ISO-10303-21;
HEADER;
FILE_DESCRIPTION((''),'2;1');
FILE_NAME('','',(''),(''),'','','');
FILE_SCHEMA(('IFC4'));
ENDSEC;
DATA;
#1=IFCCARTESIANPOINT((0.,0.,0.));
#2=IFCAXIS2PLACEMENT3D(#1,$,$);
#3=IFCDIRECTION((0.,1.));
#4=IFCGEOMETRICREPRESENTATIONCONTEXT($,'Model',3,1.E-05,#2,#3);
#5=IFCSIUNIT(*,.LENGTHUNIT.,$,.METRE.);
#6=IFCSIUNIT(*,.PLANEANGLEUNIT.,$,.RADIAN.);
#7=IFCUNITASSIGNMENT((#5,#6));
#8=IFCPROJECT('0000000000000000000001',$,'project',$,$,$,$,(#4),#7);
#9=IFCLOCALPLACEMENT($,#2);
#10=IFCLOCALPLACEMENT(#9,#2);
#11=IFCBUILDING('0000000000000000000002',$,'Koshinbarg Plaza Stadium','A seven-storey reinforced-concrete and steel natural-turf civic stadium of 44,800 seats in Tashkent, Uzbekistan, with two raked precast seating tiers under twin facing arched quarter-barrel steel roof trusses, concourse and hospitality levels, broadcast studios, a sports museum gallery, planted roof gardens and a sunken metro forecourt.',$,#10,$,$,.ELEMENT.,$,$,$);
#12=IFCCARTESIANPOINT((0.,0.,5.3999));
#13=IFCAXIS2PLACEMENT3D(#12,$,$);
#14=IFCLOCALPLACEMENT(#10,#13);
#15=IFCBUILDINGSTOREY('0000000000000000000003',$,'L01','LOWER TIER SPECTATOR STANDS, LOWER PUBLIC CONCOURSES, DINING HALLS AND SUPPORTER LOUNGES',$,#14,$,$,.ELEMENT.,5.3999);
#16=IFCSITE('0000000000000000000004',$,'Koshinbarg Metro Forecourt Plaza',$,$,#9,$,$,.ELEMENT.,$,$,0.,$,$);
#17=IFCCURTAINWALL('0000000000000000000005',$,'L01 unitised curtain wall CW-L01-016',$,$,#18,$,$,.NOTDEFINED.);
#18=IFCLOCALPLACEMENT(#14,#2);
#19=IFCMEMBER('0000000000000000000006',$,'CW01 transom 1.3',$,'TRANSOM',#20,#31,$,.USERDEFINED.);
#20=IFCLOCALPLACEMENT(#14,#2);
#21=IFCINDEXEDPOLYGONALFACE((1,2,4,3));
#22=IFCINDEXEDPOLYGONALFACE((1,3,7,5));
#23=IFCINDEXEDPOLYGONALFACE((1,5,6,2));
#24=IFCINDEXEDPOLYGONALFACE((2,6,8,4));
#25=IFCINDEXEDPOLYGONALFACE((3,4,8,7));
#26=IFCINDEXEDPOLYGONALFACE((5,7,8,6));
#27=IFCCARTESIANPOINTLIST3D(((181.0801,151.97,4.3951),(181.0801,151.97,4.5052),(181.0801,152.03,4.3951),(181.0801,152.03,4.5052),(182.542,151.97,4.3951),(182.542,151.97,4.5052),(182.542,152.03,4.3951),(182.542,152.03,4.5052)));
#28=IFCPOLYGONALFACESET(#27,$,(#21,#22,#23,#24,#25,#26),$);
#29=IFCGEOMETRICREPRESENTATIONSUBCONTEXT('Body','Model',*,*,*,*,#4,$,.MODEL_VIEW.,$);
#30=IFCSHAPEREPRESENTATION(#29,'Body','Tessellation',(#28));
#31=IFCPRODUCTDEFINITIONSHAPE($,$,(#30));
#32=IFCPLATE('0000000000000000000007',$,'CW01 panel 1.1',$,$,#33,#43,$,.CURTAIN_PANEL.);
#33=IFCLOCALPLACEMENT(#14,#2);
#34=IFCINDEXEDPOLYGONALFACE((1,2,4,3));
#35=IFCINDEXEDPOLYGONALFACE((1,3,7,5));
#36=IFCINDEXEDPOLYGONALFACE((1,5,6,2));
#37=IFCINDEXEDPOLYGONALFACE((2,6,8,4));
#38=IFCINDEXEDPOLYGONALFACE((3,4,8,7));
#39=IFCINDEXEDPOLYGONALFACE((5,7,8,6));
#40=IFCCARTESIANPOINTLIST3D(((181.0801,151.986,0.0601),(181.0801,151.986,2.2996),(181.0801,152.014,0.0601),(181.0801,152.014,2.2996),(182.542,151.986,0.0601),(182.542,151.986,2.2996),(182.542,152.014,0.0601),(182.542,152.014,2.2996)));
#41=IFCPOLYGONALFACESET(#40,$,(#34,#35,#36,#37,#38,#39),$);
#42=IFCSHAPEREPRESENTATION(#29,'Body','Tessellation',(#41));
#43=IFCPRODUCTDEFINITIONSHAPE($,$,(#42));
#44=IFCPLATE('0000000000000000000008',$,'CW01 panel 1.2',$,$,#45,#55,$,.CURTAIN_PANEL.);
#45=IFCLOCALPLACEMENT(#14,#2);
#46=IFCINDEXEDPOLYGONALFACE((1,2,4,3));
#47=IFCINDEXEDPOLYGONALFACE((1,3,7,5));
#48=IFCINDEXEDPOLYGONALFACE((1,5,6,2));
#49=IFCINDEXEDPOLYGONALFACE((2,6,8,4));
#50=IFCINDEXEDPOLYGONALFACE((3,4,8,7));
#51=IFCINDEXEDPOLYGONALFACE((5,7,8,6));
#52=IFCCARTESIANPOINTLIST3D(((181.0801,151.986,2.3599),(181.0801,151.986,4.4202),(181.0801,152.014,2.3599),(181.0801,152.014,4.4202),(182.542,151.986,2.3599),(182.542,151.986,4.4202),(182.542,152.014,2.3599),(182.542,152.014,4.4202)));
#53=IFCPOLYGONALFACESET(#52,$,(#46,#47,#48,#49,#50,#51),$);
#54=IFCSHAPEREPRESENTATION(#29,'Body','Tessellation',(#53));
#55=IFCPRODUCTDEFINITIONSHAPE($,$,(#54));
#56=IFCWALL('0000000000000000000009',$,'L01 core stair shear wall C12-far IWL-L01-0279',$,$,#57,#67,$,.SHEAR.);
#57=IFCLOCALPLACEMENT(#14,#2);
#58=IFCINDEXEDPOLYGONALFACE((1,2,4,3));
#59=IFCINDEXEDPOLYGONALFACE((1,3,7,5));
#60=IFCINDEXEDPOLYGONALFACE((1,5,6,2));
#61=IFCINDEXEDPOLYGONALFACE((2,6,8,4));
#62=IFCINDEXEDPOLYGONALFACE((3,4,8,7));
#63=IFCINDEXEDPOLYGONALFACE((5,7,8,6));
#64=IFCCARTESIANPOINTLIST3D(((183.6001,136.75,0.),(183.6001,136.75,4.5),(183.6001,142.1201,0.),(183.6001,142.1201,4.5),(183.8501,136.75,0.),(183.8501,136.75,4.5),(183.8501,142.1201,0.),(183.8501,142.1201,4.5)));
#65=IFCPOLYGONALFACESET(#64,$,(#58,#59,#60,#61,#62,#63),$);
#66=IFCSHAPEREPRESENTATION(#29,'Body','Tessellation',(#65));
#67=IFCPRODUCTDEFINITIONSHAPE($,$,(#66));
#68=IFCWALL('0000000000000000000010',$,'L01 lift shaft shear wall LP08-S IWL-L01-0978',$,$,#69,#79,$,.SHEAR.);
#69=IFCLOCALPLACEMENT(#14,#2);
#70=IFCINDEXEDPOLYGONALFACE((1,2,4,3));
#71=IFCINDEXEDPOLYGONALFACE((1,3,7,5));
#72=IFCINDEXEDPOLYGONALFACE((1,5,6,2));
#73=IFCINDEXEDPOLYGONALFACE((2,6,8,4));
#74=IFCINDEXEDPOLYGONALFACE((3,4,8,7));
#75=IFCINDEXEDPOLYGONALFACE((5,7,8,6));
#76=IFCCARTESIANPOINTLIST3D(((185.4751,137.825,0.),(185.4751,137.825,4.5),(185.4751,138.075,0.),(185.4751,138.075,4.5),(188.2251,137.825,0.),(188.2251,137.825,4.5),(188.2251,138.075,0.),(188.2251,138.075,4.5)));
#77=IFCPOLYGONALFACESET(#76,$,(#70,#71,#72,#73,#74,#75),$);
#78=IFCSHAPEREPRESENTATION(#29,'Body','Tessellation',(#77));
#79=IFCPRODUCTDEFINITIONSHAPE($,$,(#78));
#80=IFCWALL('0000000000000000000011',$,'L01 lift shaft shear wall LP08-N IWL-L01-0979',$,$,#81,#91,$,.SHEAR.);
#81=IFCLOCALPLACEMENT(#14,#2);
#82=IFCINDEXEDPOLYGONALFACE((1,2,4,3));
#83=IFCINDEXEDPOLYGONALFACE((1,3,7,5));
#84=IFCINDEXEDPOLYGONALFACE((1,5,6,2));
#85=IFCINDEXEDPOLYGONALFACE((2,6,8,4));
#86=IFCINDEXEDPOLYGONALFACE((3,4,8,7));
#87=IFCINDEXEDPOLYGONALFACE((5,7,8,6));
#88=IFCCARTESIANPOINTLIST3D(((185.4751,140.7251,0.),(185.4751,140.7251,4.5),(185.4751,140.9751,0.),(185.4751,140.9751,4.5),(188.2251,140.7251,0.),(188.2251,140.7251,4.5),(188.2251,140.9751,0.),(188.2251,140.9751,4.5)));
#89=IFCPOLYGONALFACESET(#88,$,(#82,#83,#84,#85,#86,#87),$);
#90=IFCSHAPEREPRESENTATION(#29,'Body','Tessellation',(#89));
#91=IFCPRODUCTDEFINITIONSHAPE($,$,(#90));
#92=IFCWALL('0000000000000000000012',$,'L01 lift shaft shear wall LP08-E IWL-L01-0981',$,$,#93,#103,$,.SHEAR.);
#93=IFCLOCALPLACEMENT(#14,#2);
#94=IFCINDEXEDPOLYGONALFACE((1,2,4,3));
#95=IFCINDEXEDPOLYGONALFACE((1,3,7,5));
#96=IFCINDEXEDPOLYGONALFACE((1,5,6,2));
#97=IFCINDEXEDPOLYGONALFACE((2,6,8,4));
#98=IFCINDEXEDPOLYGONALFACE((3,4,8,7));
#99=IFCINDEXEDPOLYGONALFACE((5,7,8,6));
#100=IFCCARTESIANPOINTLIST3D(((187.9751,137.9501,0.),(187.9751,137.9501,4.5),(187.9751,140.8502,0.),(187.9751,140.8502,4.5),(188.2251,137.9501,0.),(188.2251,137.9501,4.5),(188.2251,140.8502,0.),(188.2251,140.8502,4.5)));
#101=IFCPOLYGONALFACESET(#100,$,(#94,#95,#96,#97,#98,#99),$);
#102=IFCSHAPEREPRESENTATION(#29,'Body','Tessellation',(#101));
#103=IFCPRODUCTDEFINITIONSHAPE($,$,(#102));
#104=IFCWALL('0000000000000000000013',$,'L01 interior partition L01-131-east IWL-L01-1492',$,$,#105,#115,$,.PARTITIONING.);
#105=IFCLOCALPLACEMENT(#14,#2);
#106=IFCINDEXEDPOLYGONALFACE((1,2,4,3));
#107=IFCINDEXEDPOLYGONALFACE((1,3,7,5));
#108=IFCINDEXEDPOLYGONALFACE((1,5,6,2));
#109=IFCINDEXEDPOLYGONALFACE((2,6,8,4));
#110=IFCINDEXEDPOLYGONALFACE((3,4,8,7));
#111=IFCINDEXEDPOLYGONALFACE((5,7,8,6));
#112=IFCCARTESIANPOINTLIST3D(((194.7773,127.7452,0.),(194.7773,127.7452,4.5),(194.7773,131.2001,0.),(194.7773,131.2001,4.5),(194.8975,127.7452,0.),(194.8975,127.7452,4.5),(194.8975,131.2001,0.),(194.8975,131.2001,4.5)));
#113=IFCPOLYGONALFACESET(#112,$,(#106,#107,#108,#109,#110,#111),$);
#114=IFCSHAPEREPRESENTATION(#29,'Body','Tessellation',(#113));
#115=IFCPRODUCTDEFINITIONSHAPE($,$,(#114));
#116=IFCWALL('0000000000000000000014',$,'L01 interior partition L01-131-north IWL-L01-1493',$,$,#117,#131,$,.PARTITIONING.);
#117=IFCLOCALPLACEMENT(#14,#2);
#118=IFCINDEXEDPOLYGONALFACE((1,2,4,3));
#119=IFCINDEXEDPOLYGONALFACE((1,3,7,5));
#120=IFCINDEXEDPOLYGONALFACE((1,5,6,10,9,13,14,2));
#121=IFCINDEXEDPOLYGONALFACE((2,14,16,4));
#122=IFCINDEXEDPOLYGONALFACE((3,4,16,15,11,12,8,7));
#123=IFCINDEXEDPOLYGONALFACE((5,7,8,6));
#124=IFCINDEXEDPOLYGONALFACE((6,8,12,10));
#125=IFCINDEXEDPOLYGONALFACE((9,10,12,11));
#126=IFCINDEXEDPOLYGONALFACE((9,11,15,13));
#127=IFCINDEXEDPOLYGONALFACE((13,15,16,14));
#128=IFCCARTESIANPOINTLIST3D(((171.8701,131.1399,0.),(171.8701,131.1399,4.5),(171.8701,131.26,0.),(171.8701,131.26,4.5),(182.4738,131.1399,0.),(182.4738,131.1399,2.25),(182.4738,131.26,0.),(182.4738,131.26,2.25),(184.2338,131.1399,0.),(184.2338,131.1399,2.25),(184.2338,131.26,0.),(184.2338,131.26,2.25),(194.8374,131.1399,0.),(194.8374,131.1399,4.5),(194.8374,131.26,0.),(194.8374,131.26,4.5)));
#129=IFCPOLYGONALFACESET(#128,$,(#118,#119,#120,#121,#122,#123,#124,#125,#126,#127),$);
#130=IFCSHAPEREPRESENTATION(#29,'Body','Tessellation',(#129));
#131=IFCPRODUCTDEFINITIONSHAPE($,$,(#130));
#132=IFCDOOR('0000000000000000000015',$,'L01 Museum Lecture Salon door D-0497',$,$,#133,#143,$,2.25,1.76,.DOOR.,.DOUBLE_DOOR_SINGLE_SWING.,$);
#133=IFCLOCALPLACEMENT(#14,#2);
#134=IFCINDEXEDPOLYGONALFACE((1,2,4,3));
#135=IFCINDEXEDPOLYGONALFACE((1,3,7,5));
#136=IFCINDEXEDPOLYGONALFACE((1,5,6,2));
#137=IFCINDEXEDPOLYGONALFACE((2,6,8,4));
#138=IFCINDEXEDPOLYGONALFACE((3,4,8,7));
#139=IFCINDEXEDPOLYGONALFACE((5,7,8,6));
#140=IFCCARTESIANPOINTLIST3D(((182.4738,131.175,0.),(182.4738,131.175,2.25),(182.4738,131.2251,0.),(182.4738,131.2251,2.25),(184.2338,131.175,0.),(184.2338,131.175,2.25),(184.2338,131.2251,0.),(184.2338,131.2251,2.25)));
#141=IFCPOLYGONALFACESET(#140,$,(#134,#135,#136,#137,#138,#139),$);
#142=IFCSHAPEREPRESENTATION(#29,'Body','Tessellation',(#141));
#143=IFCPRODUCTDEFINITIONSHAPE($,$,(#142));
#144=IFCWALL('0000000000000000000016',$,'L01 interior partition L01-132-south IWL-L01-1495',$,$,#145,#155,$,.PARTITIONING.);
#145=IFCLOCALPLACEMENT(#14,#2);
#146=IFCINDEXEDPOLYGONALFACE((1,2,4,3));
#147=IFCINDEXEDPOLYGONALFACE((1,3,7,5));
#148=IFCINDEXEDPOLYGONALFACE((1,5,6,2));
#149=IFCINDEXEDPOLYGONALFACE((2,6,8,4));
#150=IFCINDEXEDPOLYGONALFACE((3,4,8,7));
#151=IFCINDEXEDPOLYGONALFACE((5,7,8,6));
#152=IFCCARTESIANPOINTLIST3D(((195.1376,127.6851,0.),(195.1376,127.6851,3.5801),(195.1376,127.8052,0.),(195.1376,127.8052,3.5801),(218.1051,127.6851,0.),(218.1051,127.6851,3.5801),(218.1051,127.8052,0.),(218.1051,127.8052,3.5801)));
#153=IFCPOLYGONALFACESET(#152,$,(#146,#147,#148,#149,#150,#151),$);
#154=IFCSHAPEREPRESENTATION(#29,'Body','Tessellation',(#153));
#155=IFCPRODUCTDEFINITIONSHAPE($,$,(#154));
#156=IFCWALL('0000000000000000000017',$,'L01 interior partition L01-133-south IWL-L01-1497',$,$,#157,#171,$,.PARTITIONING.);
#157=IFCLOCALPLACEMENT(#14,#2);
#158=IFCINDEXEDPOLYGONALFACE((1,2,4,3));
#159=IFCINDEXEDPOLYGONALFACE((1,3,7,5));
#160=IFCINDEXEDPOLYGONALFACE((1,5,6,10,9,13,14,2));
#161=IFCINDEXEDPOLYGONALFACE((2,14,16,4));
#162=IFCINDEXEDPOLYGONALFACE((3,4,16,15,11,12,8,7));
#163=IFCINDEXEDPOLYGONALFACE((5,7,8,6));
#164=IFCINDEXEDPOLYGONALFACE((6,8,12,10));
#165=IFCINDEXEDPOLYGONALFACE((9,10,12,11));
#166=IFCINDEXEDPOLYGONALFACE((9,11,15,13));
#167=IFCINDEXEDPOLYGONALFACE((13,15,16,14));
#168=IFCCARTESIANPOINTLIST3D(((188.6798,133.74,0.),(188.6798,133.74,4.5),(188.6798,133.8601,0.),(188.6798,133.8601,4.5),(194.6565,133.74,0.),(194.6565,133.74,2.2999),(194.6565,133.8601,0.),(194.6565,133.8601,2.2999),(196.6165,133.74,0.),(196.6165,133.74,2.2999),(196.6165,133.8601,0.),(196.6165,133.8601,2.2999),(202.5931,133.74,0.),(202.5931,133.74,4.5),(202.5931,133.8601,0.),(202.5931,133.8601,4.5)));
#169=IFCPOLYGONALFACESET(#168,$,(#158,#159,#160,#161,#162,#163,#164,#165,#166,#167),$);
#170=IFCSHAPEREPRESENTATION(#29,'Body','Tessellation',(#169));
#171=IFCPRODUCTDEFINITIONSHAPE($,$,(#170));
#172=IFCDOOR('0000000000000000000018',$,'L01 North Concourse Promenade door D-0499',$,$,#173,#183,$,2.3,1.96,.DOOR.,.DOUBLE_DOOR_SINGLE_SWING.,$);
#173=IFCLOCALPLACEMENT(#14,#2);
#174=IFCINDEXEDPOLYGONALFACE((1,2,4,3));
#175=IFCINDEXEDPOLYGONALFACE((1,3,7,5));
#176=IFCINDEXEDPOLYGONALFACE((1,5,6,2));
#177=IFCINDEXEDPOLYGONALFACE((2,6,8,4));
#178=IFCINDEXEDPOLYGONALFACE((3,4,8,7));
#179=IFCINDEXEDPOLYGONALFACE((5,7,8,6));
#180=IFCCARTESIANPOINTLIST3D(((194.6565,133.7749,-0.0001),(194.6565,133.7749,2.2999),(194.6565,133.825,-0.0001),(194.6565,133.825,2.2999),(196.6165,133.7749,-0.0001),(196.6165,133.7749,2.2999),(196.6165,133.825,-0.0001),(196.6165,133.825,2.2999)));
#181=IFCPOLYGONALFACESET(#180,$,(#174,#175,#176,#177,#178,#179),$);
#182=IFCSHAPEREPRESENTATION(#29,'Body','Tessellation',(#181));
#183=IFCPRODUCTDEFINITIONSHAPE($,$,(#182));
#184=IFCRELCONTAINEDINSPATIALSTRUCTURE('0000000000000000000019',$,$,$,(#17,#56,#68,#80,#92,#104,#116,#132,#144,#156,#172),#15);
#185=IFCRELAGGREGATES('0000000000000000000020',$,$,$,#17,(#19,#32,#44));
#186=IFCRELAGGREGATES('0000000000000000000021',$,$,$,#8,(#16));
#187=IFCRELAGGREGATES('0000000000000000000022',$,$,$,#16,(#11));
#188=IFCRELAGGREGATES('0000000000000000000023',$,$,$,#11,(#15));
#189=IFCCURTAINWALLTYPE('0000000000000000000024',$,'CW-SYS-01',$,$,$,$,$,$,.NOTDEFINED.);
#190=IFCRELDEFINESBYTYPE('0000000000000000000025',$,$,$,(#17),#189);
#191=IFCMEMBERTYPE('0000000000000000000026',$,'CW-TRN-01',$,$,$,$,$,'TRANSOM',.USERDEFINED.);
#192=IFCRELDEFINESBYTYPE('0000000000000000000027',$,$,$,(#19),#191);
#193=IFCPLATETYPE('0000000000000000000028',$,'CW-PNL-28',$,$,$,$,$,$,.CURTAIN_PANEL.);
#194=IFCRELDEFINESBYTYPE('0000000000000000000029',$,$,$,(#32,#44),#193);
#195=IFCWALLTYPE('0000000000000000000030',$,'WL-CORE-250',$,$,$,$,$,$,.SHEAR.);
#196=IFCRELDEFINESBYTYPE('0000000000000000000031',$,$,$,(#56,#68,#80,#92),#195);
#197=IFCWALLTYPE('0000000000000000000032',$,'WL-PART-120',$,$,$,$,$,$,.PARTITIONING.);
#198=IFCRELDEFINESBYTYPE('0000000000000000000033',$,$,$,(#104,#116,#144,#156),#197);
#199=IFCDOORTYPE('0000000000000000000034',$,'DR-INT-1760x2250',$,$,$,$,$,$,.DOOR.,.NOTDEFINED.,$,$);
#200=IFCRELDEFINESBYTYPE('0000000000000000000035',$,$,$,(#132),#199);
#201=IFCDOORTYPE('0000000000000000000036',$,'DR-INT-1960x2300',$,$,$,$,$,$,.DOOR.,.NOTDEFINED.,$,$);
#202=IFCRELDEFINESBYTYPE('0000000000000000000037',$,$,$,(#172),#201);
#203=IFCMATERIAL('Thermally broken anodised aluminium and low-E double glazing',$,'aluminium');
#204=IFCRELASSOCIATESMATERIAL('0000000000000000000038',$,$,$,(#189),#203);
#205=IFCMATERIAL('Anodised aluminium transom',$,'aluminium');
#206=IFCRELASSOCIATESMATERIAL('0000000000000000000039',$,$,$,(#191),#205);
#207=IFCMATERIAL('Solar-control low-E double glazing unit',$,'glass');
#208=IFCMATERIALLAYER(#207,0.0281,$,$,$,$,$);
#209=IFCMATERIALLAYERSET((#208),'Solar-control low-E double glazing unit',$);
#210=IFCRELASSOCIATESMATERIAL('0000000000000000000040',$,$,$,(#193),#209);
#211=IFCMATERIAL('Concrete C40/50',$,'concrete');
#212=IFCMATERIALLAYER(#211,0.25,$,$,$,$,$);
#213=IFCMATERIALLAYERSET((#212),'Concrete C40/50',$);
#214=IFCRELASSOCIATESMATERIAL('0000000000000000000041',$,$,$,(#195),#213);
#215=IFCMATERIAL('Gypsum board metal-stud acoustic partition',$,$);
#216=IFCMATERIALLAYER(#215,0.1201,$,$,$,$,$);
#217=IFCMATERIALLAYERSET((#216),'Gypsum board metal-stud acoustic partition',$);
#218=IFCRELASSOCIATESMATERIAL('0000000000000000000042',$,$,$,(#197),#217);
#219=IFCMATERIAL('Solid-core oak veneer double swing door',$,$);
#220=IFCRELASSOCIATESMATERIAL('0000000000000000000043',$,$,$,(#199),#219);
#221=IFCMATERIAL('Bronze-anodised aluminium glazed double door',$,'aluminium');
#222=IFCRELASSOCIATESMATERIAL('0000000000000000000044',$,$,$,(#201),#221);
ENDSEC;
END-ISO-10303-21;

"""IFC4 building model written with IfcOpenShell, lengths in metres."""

from ifc_helpers import new_model, si_unit, direction, frame, frame_2d, origin, origin_2d, place, context, subcontext, project, spatial, rectangle, extrude, material, layer, layer_set, material_profile, profile_set, type_object, element, fill, aggregate, save


model = new_model("IFC4")

# Units and contexts
model_context = context("Model", 3, precision=1e-05, world=origin(), true_north=direction((0.0, 1.0)))
body_context = subcontext(model_context, "Body", "Model", "MODEL_VIEW")
ifc_project = project(units=[si_unit("LENGTHUNIT", "METRE"), si_unit("PLANEANGLEUNIT", "RADIAN")], contexts=[model_context])

# Site, building, storey
site_placement = place(None, origin())
site = spatial("IfcSite", under=ifc_project, at=site_placement, Name="Koshinbarg Metro Forecourt Plaza", CompositionType="ELEMENT", RefElevation=0.0)
building_placement = place(site_placement, origin())
building = spatial("IfcBuilding", under=site, at=building_placement, Name="Koshinbarg Plaza Stadium", Description="A seven-storey reinforced-concrete and steel natural-turf civic stadium of 44,800 seats in Tashkent, Uzbekistan, with two raked precast seating tiers under twin facing arched quarter-barrel steel roof trusses, concourse and hospitality levels, broadcast studios, a sports museum gallery, planted roof gardens and a sunken metro forecourt.", CompositionType="ELEMENT")
storey_placement = place(building_placement, frame((0.0, 0.0, 5.3999)))
storey = spatial("IfcBuildingStorey", under=building, at=storey_placement, Name="L01", Description="LOWER TIER SPECTATOR STANDS, LOWER PUBLIC CONCOURSES, DINING HALLS AND SUPPORTER LOUNGES", CompositionType="ELEMENT", Elevation=5.3999)

# Shared definitions
ifc_material_1 = material(Name="Concrete C40/50", Category="concrete")

# Curtain wall, member, plates
ifc_material_2 = material(Name="Thermally broken anodised aluminium and low-E double glazing", Category="aluminium")
curtain_wall_type = type_object("IfcCurtainWallType", Name="CW-SYS-01", PredefinedType="NOTDEFINED", material=ifc_material_2)
curtain_wall_placement = place(storey_placement, origin())
curtain_wall = element("IfcCurtainWall", 1, at=curtain_wall_placement, inside=storey, type_object=curtain_wall_type, Name="L01 unitised curtain wall CW-L01-016", PredefinedType="NOTDEFINED")
ifc_material_3 = material(Name="Anodised aluminium transom", Category="aluminium")
ifc_material_profile_1 = material_profile(ifc_material_3, rectangle(XDim=0.0601, YDim=0.1101, at=origin_2d()), Name="ALU 60x110")
ifc_profile_set_1 = profile_set([ifc_material_profile_1], Name="Anodised aluminium transom")
member_type_1 = type_object("IfcMemberType", Name="CW-TRN-01", ElementType="TRANSOM", PredefinedType="USERDEFINED", material=ifc_profile_set_1)
member_1_placement = place(storey_placement, frame((181.0801, 152.0, 4.4502), z_axis=(1.0, 0.0, 0.0), x_axis=(0.0, 1.0, 0.0)))
member_1 = element("IfcMember", 2, at=member_1_placement, type_object=member_type_1, Name="CW01 transom 1.3", ObjectType="TRANSOM", PredefinedType="USERDEFINED", context=body_context, shape_type="SweptSolid", body=[
    extrude(rectangle(XDim=0.0601, YDim=0.1101, at=origin_2d()), origin(), (0.0, 0.0, 1.0), 1.4619),
])
ifc_material_4 = material(Name="Solar-control low-E double glazing unit", Category="glass")
ifc_layer_1 = layer(ifc_material_4, 0.0281)
ifc_layer_set_1 = layer_set([ifc_layer_1], Name="Solar-control low-E double glazing unit")
plate_type = type_object("IfcPlateType", Name="CW-PNL-28", PredefinedType="CURTAIN_PANEL", material=ifc_layer_set_1)
plate_1_placement = place(storey_placement, frame((181.811, 152.0, 0.0601), z_axis=(0.0, 0.0, 1.0), x_axis=(1.0, 0.0, 0.0)))
plate_1 = element("IfcPlate", 3, at=plate_1_placement, type_object=plate_type, Name="CW01 panel 1.1", PredefinedType="CURTAIN_PANEL", context=body_context, shape_type="SweptSolid", body=[
    extrude(rectangle(XDim=1.4619, YDim=0.0281, at=origin_2d()), origin(), (0.0, 0.0, 1.0), 2.2395),
])
plate_2_placement = place(storey_placement, frame((181.811, 152.0, 2.3599), z_axis=(0.0, 0.0, 1.0), x_axis=(1.0, 0.0, 0.0)))
plate_2 = element("IfcPlate", 4, at=plate_2_placement, type_object=plate_type, Name="CW01 panel 1.2", PredefinedType="CURTAIN_PANEL", context=body_context, shape_type="SweptSolid", body=[
    extrude(rectangle(XDim=1.4619, YDim=0.0281, at=origin_2d()), origin(), (0.0, 0.0, 1.0), 2.0603),
])
aggregate(curtain_wall, [member_1, plate_1, plate_2])

# Walls
ifc_layer_2 = layer(ifc_material_1, 0.25)
ifc_layer_set_2 = layer_set([ifc_layer_2], Name="Concrete C40/50")
wall_type_1 = type_object("IfcWallType", Name="WL-CORE-250", PredefinedType="SHEAR", material=ifc_layer_set_2)
wall_1_placement = place(storey_placement, frame((183.7251, 136.75, 0.0), z_axis=(0.0, 0.0, 1.0), x_axis=(0.0, 1.0, 0.0)))
element("IfcWall", 5, at=wall_1_placement, inside=storey, type_object=wall_type_1, Name="L01 core stair shear wall C12-far IWL-L01-0279", PredefinedType="SHEAR", context=body_context, shape_type="SweptSolid", body=[
    extrude(rectangle(XDim=5.3701, YDim=0.25, at=frame_2d((2.6851, 0.0))), origin(), (0.0, 0.0, 1.0), 4.5),
])
for number, where, z_axis, x_axis, name in (
    (6, (185.4751, 137.95, 0.0), (0.0, 0.0, 1.0), (1.0, 0.0, 0.0), "L01 lift shaft shear wall LP08-S IWL-L01-0978"),
    (7, (188.2251, 140.8501, 0.0), (0.0, 0.0, 1.0), (-1.0, 0.0, 0.0), "L01 lift shaft shear wall LP08-N IWL-L01-0979"),
):
    element("IfcWall", number, at=place(storey_placement, frame(where, z_axis=z_axis, x_axis=x_axis)), inside=storey, type_object=wall_type_1, Name=name, PredefinedType="SHEAR", context=body_context, shape_type="SweptSolid", body=[
        extrude(rectangle(XDim=2.75, YDim=0.25, at=frame_2d((1.375, 0.0))), origin(), (0.0, 0.0, 1.0), 4.5),
    ])

# Walls
wall_2_placement = place(storey_placement, frame((188.1001, 137.95, 0.0), z_axis=(0.0, 0.0, 1.0), x_axis=(0.0, 1.0, 0.0)))
element("IfcWall", 8, at=wall_2_placement, inside=storey, type_object=wall_type_1, Name="L01 lift shaft shear wall LP08-E IWL-L01-0981", PredefinedType="SHEAR", context=body_context, shape_type="SweptSolid", body=[
    extrude(rectangle(XDim=2.9001, YDim=0.25, at=frame_2d((1.4502, 0.0))), origin(), (0.0, 0.0, 1.0), 4.5),
])
ifc_material_5 = material(Name="Gypsum board metal-stud acoustic partition")
ifc_layer_3 = layer(ifc_material_5, 0.1201)
ifc_layer_set_3 = layer_set([ifc_layer_3], Name="Gypsum board metal-stud acoustic partition")
wall_type_2 = type_object("IfcWallType", Name="WL-PART-120", PredefinedType="PARTITIONING", material=ifc_layer_set_3)
wall_3_placement = place(storey_placement, frame((194.8374, 127.7451, 0.0), z_axis=(0.0, 0.0, 1.0), x_axis=(0.0, 1.0, 0.0)))
element("IfcWall", 9, at=wall_3_placement, inside=storey, type_object=wall_type_2, Name="L01 interior partition L01-131-east IWL-L01-1492", PredefinedType="PARTITIONING", context=body_context, shape_type="SweptSolid", body=[
    extrude(rectangle(XDim=3.4548, YDim=0.1201, at=frame_2d((1.7275, 0.0))), origin(), (0.0, 0.0, 1.0), 4.5),
])

# Wall, opening, door
wall_4_placement = place(storey_placement, frame((194.8374, 131.2, 0.0), z_axis=(0.0, 0.0, 1.0), x_axis=(-1.0, 0.0, 0.0)))
wall_4 = element("IfcWall", 10, at=wall_4_placement, inside=storey, type_object=wall_type_2, Name="L01 interior partition L01-131-north IWL-L01-1493", PredefinedType="PARTITIONING", context=body_context, shape_type="SweptSolid", body=[
    extrude(rectangle(XDim=22.9673, YDim=0.1201, at=frame_2d((11.4836, 0.0))), origin(), (0.0, 0.0, 1.0), 4.5),
])
opening_1_placement = place(wall_4_placement, frame((10.6038, 0.0, 0.0)))
opening_1 = element("IfcOpeningElement", 11, at=opening_1_placement, cuts=wall_4, PredefinedType="OPENING", context=body_context, shape_type="SweptSolid", body=[
    extrude(rectangle(XDim=1.76, YDim=2.25, at=frame_2d((0.8799, 1.125))), frame((0.0, 0.0701, 0.0), z_axis=(0.0, -1.0, 0.0), x_axis=(1.0, 0.0, 0.0)), (0.0, 0.0, 1.0), 0.1401),
])
ifc_material_6 = material(Name="Solid-core oak veneer double swing door")
door_type_1 = type_object("IfcDoorType", Name="DR-INT-1760x2250", OperationType="NOTDEFINED", PredefinedType="DOOR", material=ifc_material_6)
door_1_placement = place(opening_1_placement, origin())
door_1 = element("IfcDoor", 12, at=door_1_placement, inside=storey, type_object=door_type_1, Name="L01 Museum Lecture Salon door D-0497", OperationType="DOUBLE_DOOR_SINGLE_SWING", OverallHeight=2.25, OverallWidth=1.76, PredefinedType="DOOR", context=body_context, shape_type="SweptSolid", body=[
    extrude(rectangle(XDim=1.76, YDim=2.25, at=frame_2d((0.8799, 1.125))), frame((0.0, 0.0249, 0.0), z_axis=(0.0, -1.0, 0.0), x_axis=(1.0, 0.0, 0.0)), (0.0, 0.0, 1.0), 0.05),
])
fill(opening_1, door_1)

# Wall
wall_5_placement = place(storey_placement, frame((195.1375, 127.7451, 0.0), z_axis=(0.0, 0.0, 1.0), x_axis=(1.0, 0.0, 0.0)))
element("IfcWall", 13, at=wall_5_placement, inside=storey, type_object=wall_type_2, Name="L01 interior partition L01-132-south IWL-L01-1495", PredefinedType="PARTITIONING", context=body_context, shape_type="SweptSolid", body=[
    extrude(rectangle(XDim=22.9675, YDim=0.1201, at=frame_2d((11.4839, 0.0))), origin(), (0.0, 0.0, 1.0), 3.5801),
])

# Wall, opening, door
wall_6_placement = place(storey_placement, frame((188.6799, 133.8, 0.0), z_axis=(0.0, 0.0, 1.0), x_axis=(1.0, 0.0, 0.0)))
wall_6 = element("IfcWall", 14, at=wall_6_placement, inside=storey, type_object=wall_type_2, Name="L01 interior partition L01-133-south IWL-L01-1497", PredefinedType="PARTITIONING", context=body_context, shape_type="SweptSolid", body=[
    extrude(rectangle(XDim=13.9133, YDim=0.1201, at=frame_2d((6.9565, 0.0))), origin(), (0.0, 0.0, 1.0), 4.5),
])
opening_2_placement = place(wall_6_placement, frame((5.9766, 0.0, 0.0)))
opening_2 = element("IfcOpeningElement", 15, at=opening_2_placement, cuts=wall_6, PredefinedType="OPENING", context=body_context, shape_type="SweptSolid", body=[
    extrude(rectangle(XDim=1.96, YDim=2.3, at=frame_2d((0.98, 1.1499))), frame((0.0, 0.0701, 0.0), z_axis=(0.0, -1.0, 0.0), x_axis=(1.0, 0.0, 0.0)), (0.0, 0.0, 1.0), 0.1401),
])
ifc_material_7 = material(Name="Bronze-anodised aluminium glazed double door", Category="aluminium")
door_type_2 = type_object("IfcDoorType", Name="DR-INT-1960x2300", OperationType="NOTDEFINED", PredefinedType="DOOR", material=ifc_material_7)
door_2_placement = place(opening_2_placement, origin())
door_2 = element("IfcDoor", 16, at=door_2_placement, inside=storey, type_object=door_type_2, Name="L01 North Concourse Promenade door D-0499", OperationType="DOUBLE_DOOR_SINGLE_SWING", OverallHeight=2.3, OverallWidth=1.96, PredefinedType="DOOR", context=body_context, shape_type="SweptSolid", body=[
    extrude(rectangle(XDim=1.96, YDim=2.3, at=frame_2d((0.98, 1.1499))), frame((0.0, 0.0249, 0.0), z_axis=(0.0, -1.0, 0.0), x_axis=(1.0, 0.0, 0.0)), (0.0, 0.0, 1.0), 0.05),
])
fill(opening_2, door_2)

save(model, "model.ifc")
